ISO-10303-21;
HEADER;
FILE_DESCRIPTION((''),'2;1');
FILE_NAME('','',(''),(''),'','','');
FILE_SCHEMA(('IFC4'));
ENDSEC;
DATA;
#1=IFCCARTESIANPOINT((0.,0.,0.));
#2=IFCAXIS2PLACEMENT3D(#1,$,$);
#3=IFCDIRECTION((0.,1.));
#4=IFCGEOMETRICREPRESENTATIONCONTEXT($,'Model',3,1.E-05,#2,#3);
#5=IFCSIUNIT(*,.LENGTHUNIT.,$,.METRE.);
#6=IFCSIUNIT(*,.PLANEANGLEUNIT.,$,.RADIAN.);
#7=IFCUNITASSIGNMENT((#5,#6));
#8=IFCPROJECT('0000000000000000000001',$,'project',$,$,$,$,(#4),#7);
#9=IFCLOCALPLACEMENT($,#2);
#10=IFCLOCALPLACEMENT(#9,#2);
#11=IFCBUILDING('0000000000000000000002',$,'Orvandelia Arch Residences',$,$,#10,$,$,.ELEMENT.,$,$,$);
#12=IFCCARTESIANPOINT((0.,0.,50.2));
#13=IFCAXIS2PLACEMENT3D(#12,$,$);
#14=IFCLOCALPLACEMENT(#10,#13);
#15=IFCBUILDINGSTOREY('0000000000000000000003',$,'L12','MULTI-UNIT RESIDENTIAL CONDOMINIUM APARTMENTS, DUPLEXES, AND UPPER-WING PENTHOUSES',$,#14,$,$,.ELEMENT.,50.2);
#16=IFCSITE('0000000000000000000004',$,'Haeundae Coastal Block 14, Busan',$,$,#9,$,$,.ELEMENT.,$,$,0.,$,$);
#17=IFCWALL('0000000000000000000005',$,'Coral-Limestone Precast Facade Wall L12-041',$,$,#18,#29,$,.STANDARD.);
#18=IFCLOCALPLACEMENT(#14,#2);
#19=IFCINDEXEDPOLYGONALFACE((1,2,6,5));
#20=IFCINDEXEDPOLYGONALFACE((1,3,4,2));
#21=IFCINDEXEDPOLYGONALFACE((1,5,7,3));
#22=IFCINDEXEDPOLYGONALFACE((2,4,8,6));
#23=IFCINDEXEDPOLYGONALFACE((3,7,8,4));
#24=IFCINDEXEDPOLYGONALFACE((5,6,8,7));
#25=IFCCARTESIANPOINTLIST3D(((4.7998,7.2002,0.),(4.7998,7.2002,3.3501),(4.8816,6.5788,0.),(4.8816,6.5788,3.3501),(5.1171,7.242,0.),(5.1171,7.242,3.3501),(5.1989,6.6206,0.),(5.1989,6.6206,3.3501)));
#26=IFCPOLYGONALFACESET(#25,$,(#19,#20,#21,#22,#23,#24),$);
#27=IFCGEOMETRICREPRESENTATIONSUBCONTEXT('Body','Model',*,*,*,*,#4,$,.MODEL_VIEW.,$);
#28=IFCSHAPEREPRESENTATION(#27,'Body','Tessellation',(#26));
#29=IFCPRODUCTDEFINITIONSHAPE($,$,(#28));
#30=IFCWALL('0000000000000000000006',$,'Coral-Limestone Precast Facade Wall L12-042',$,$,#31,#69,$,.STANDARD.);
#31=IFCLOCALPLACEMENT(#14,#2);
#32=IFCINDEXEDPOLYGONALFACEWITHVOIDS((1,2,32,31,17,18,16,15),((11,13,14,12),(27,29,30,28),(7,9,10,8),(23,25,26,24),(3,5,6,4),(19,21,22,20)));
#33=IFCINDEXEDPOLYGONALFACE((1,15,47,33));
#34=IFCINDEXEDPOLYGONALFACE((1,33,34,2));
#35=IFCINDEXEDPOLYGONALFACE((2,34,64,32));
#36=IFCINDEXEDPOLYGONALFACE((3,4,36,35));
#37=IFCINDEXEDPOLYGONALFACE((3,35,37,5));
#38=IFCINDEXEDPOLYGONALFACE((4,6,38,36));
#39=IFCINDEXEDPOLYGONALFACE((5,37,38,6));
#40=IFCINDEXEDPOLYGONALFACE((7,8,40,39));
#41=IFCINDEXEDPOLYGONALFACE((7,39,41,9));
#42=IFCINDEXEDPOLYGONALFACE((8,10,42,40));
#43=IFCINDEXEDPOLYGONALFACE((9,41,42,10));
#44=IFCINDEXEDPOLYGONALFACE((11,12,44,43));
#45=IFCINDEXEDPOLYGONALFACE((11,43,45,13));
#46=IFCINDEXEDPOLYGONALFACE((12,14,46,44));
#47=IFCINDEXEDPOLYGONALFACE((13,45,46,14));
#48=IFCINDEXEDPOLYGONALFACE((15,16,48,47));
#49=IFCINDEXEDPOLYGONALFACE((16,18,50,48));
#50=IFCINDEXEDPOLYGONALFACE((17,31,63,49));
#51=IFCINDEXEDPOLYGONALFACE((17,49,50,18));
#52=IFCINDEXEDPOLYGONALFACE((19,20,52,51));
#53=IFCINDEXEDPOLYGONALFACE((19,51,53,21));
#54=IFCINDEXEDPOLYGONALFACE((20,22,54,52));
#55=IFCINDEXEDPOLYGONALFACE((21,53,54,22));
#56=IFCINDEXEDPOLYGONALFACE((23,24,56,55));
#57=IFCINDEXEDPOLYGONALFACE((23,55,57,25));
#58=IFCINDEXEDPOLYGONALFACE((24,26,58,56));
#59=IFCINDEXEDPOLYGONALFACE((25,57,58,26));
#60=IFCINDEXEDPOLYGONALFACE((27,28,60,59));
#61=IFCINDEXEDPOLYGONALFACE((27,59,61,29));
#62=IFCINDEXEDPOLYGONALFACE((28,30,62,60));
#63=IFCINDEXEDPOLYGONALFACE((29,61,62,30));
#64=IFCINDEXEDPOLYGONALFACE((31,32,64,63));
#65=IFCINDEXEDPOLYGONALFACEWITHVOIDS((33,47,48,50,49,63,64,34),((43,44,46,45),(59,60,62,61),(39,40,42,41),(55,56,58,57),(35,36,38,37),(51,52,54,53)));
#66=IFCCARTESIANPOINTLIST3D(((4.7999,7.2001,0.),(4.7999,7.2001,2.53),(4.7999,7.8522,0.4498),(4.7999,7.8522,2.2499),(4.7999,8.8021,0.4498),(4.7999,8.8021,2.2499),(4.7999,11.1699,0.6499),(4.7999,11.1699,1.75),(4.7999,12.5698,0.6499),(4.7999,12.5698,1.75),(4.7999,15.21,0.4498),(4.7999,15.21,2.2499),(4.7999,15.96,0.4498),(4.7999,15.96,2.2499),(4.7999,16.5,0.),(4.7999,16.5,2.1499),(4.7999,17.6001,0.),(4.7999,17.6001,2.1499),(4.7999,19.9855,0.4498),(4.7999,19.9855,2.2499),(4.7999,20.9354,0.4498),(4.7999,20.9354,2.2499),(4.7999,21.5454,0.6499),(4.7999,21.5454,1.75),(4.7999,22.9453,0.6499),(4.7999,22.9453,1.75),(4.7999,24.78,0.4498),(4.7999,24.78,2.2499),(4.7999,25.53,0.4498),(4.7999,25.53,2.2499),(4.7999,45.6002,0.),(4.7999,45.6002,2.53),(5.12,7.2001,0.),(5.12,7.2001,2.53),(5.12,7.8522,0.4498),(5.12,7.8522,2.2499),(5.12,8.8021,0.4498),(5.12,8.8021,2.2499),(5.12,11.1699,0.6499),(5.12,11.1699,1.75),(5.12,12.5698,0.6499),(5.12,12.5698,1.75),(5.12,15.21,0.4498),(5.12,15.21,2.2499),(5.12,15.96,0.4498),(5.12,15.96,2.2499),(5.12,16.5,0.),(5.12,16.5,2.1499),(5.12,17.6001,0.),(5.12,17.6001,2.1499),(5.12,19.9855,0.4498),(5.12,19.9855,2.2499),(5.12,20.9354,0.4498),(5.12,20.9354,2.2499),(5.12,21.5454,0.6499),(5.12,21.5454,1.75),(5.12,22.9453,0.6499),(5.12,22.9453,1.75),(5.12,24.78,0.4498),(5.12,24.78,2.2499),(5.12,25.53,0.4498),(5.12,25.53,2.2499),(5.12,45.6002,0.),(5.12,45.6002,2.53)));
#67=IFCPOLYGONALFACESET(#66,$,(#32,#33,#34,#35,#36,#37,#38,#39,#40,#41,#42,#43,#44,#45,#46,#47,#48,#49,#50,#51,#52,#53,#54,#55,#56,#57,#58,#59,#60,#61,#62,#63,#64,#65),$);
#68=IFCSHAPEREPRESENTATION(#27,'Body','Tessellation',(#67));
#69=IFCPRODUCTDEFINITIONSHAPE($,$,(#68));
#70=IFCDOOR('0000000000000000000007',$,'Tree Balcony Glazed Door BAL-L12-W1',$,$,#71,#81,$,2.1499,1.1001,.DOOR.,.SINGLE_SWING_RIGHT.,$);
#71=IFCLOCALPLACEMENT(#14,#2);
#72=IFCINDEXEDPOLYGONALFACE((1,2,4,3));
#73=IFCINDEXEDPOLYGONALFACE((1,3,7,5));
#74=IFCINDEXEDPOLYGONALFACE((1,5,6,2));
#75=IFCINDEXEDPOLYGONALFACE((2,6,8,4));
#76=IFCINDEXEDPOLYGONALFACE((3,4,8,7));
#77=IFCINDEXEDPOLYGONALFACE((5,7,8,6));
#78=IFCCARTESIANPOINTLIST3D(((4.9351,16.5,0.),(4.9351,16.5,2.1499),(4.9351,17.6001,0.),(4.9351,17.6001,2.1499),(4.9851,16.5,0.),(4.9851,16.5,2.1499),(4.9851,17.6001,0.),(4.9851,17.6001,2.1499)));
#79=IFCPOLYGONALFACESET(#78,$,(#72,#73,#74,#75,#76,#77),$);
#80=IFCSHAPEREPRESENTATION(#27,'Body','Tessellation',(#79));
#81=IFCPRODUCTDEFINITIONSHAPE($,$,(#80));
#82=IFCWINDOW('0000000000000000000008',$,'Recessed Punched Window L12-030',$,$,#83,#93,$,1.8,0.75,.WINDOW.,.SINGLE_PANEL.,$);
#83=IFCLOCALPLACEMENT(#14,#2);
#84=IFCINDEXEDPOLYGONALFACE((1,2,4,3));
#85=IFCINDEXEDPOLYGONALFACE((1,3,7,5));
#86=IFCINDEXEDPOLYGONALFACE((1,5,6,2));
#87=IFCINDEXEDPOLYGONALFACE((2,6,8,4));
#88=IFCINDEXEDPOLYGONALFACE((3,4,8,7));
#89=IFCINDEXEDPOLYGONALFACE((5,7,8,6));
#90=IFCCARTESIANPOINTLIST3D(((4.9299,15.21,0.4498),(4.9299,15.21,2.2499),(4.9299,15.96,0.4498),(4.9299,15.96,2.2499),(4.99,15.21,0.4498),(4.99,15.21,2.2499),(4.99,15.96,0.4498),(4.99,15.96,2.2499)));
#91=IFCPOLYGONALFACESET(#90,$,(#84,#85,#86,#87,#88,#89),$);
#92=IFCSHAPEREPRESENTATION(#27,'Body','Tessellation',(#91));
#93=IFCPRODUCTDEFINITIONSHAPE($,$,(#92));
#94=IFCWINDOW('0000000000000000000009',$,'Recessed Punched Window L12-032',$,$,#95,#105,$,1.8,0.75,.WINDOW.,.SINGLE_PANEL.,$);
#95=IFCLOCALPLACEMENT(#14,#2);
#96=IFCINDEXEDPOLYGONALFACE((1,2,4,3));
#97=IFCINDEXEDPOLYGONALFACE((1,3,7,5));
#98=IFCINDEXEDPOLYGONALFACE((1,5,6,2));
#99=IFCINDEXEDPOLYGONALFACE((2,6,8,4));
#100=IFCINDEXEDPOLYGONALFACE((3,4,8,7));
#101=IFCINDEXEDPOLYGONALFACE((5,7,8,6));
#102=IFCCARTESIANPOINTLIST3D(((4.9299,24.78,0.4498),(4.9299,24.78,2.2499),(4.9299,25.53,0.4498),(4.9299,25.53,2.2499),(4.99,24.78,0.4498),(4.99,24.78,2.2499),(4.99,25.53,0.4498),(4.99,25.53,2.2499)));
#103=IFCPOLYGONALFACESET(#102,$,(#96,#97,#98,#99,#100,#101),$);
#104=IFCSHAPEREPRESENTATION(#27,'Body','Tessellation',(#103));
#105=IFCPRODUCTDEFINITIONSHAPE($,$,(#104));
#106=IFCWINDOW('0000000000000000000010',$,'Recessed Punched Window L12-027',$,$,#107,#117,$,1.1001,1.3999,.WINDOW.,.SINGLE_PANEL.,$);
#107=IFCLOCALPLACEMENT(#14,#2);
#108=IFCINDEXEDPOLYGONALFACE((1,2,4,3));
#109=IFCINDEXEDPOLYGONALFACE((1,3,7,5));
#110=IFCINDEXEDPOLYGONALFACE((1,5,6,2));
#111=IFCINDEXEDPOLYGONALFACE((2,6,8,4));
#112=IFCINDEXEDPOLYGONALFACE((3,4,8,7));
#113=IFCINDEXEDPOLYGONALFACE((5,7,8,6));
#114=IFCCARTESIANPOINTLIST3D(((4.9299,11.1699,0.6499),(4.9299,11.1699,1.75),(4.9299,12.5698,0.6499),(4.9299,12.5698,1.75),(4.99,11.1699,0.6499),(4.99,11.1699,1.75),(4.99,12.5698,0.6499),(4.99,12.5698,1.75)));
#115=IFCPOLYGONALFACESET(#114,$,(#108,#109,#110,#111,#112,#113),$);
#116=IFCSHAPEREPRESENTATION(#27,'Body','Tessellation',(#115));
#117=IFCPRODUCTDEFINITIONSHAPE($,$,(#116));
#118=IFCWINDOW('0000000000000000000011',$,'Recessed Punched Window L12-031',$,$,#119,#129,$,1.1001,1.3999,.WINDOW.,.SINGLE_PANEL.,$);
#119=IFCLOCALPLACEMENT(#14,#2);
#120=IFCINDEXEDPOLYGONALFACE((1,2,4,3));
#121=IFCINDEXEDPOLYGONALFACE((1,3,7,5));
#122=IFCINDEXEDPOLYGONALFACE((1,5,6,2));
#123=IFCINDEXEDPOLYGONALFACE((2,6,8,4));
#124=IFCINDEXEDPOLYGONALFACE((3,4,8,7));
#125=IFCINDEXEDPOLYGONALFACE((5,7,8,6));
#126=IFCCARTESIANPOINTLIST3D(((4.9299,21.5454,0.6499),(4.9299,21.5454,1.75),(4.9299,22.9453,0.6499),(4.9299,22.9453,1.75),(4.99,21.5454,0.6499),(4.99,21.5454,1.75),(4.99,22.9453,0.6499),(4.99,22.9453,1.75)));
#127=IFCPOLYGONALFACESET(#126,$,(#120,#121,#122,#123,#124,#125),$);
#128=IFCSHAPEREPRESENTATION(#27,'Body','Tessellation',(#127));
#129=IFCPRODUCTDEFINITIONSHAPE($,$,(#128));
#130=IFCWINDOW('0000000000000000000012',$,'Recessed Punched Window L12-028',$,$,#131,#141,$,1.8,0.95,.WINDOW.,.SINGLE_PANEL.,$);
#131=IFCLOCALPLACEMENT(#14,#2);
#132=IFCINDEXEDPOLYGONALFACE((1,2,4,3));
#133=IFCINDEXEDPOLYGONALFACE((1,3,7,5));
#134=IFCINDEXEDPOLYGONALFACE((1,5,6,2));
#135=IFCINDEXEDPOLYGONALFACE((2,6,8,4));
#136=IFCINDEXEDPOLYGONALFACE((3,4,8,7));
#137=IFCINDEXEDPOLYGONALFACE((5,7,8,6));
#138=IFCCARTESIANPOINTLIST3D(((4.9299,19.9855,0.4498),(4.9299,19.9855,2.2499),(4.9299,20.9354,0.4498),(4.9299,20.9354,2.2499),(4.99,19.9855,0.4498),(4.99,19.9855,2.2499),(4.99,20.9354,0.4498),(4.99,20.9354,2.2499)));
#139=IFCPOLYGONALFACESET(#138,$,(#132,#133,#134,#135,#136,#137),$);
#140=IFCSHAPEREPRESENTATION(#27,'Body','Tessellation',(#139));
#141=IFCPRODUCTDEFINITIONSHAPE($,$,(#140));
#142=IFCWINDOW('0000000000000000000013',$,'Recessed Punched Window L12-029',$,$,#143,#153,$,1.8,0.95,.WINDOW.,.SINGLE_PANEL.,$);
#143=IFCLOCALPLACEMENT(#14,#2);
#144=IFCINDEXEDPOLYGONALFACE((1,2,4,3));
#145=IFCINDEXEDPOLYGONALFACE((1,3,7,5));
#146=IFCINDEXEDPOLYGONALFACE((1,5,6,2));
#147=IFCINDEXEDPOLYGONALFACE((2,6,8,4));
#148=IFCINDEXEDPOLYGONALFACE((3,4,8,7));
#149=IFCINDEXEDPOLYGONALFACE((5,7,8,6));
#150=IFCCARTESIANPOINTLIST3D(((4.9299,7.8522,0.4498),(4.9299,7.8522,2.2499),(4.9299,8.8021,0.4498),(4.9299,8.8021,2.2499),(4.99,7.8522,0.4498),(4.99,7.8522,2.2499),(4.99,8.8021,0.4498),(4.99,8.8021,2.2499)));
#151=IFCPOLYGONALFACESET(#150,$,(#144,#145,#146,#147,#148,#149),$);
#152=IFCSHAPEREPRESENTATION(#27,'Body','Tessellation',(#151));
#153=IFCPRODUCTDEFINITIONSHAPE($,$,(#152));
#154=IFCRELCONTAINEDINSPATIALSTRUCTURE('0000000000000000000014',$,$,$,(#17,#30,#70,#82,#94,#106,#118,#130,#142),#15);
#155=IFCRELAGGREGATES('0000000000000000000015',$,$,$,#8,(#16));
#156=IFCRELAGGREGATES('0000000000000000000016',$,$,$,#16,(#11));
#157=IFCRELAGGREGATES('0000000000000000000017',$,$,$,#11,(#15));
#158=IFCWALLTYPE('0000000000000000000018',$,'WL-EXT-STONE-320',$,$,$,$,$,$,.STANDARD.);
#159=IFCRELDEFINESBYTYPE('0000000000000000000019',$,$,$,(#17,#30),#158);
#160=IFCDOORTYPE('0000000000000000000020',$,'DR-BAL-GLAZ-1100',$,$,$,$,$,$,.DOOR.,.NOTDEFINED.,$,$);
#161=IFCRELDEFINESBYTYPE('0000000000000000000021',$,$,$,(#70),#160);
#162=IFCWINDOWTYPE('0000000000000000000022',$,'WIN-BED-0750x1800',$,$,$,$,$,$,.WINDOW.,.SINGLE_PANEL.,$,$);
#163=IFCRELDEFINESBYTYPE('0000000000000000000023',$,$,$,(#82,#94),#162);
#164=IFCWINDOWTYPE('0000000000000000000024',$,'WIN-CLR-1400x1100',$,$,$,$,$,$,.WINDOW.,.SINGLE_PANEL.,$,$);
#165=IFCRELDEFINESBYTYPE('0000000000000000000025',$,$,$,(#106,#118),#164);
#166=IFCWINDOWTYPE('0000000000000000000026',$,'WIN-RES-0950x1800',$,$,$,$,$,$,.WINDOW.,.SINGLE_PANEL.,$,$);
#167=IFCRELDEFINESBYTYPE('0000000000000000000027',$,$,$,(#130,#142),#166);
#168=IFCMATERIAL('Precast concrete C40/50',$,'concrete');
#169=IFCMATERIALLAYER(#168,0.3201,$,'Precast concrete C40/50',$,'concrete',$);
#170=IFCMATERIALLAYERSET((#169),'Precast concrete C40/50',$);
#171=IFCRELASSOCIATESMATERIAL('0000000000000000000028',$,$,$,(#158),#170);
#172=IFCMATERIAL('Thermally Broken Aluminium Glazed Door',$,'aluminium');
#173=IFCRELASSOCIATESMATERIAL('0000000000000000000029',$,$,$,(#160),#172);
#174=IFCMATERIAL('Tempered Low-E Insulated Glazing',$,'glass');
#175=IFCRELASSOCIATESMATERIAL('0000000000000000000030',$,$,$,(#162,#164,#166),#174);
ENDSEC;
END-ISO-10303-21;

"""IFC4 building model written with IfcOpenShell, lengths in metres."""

from ifc_helpers import new_model, si_unit, direction, frame, frame_2d, origin, place, context, subcontext, project, spatial, rectangle, extrude, material, layer, layer_set, type_object, element, fill, save


model = new_model("IFC4")

# Units and contexts
model_context = context("Model", 3, precision=1e-05, world=origin(), true_north=direction((0.0, 1.0)))
body_context = subcontext(model_context, "Body", "Model", "MODEL_VIEW")
ifc_project = project(units=[si_unit("LENGTHUNIT", "METRE"), si_unit("PLANEANGLEUNIT", "RADIAN")], contexts=[model_context])

# Site, building, storey
site_placement = place(None, origin())
site = spatial("IfcSite", under=ifc_project, at=site_placement, Name="Haeundae Coastal Block 14, Busan", CompositionType="ELEMENT", RefElevation=0.0)
building_placement = place(site_placement, origin())
building = spatial("IfcBuilding", under=site, at=building_placement, Name="Orvandelia Arch Residences", CompositionType="ELEMENT")
storey_placement = place(building_placement, frame((0.0, 0.0, 50.2)))
storey = spatial("IfcBuildingStorey", under=building, at=storey_placement, Name="L12", Description="MULTI-UNIT RESIDENTIAL CONDOMINIUM APARTMENTS, DUPLEXES, AND UPPER-WING PENTHOUSES", CompositionType="ELEMENT", Elevation=50.2)

# Shared definitions
ifc_material_1 = material(Name="Precast concrete C40/50", Category="concrete")

# Wall
ifc_layer_1 = layer(ifc_material_1, 0.3201, Name="Precast concrete C40/50", Category="concrete")
ifc_layer_set_1 = layer_set([ifc_layer_1], Name="Precast concrete C40/50")
wall_type_1 = type_object("IfcWallType", Name="WL-EXT-STONE-320", PredefinedType="STANDARD", material=ifc_layer_set_1)
wall_1_placement = place(storey_placement, frame((5.0403, 6.5996, 0.0), z_axis=(0.0, 0.0, 1.0), x_axis=(-0.130505, 0.991448, 0.0)))
element("IfcWall", 1, at=wall_1_placement, inside=storey, type_object=wall_type_1, Name="Coral-Limestone Precast Facade Wall L12-041", PredefinedType="STANDARD", context=body_context, shape_type="SweptSolid", body=[
    extrude(rectangle(XDim=0.6267, YDim=0.3201, at=frame_2d((0.3135, 0.0))), origin(), (0.0, 0.0, 1.0), 3.3501),
])

# Wall, openings, door, windows
wall_2_placement = place(storey_placement, frame((4.96, 7.2, 0.0), z_axis=(0.0, 0.0, 1.0), x_axis=(0.0, 1.0, 0.0)))
wall_2 = element("IfcWall", 2, at=wall_2_placement, inside=storey, type_object=wall_type_1, Name="Coral-Limestone Precast Facade Wall L12-042", PredefinedType="STANDARD", context=body_context, shape_type="SweptSolid", body=[
    extrude(rectangle(XDim=38.4001, YDim=0.3201, at=frame_2d((19.2002, 0.0))), origin(), (0.0, 0.0, 1.0), 2.53),
])
opening_1_placement = place(wall_2_placement, frame((9.3, 0.0, 0.0)))
opening_1 = element("IfcOpeningElement", 3, at=opening_1_placement, cuts=wall_2, PredefinedType="OPENING", context=body_context, shape_type="SweptSolid", body=[
    extrude(rectangle(XDim=1.1001, YDim=2.1499, at=frame_2d((0.55, 1.075))), frame((0.0, 0.1699, 0.0), z_axis=(0.0, -1.0, 0.0), x_axis=(1.0, 0.0, 0.0)), (0.0, 0.0, 1.0), 0.3401),
])
opening_2_placement = place(wall_2_placement, frame((3.97, 0.0, 0.6499)))
opening_2 = element("IfcOpeningElement", 4, at=opening_2_placement, cuts=wall_2, PredefinedType="OPENING", context=body_context, shape_type="SweptSolid", body=[
    extrude(rectangle(XDim=1.3999, YDim=1.1001, at=frame_2d((0.7, 0.55))), frame((0.0, 0.1699, 0.0), z_axis=(0.0, -1.0, 0.0), x_axis=(1.0, 0.0, 0.0)), (0.0, 0.0, 1.0), 0.3401),
])
opening_3_placement = place(wall_2_placement, frame((12.7854, 0.0, 0.45)))
opening_3 = element("IfcOpeningElement", 5, at=opening_3_placement, cuts=wall_2, PredefinedType="OPENING", context=body_context, shape_type="SweptSolid", body=[
    extrude(rectangle(XDim=0.95, YDim=1.8, at=frame_2d((0.4751, 0.8999))), frame((0.0, 0.1699, 0.0), z_axis=(0.0, -1.0, 0.0), x_axis=(1.0, 0.0, 0.0)), (0.0, 0.0, 1.0), 0.3401),
])
opening_4_placement = place(wall_2_placement, frame((0.6521, 0.0, 0.45)))
opening_4 = element("IfcOpeningElement", 6, at=opening_4_placement, cuts=wall_2, PredefinedType="OPENING", context=body_context, shape_type="SweptSolid", body=[
    extrude(rectangle(XDim=0.95, YDim=1.8, at=frame_2d((0.4751, 0.8999))), frame((0.0, 0.1699, 0.0), z_axis=(0.0, -1.0, 0.0), x_axis=(1.0, 0.0, 0.0)), (0.0, 0.0, 1.0), 0.3401),
])
opening_5_placement = place(wall_2_placement, frame((8.01, 0.0, 0.45)))
opening_5 = element("IfcOpeningElement", 7, at=opening_5_placement, cuts=wall_2, PredefinedType="OPENING", context=body_context, shape_type="SweptSolid", body=[
    extrude(rectangle(XDim=0.75, YDim=1.8, at=frame_2d((0.375, 0.8999))), frame((0.0, 0.1699, 0.0), z_axis=(0.0, -1.0, 0.0), x_axis=(1.0, 0.0, 0.0)), (0.0, 0.0, 1.0), 0.3401),
])
opening_6_placement = place(wall_2_placement, frame((14.3455, 0.0, 0.6499)))
opening_6 = element("IfcOpeningElement", 8, at=opening_6_placement, cuts=wall_2, PredefinedType="OPENING", context=body_context, shape_type="SweptSolid", body=[
    extrude(rectangle(XDim=1.3999, YDim=1.1001, at=frame_2d((0.7, 0.55))), frame((0.0, 0.1699, 0.0), z_axis=(0.0, -1.0, 0.0), x_axis=(1.0, 0.0, 0.0)), (0.0, 0.0, 1.0), 0.3401),
])
opening_7_placement = place(wall_2_placement, frame((17.5801, 0.0, 0.45)))
opening_7 = element("IfcOpeningElement", 9, at=opening_7_placement, cuts=wall_2, PredefinedType="OPENING", context=body_context, shape_type="SweptSolid", body=[
    extrude(rectangle(XDim=0.75, YDim=1.8, at=frame_2d((0.375, 0.8999))), frame((0.0, 0.1699, 0.0), z_axis=(0.0, -1.0, 0.0), x_axis=(1.0, 0.0, 0.0)), (0.0, 0.0, 1.0), 0.3401),
])
ifc_material_2 = material(Name="Thermally Broken Aluminium Glazed Door", Category="aluminium")
door_type_1 = type_object("IfcDoorType", Name="DR-BAL-GLAZ-1100", OperationType="NOTDEFINED", PredefinedType="DOOR", material=ifc_material_2)
door_1_placement = place(opening_1_placement, origin())
door_1 = element("IfcDoor", 10, at=door_1_placement, inside=storey, type_object=door_type_1, Name="Tree Balcony Glazed Door BAL-L12-W1", OperationType="SINGLE_SWING_RIGHT", OverallHeight=2.1499, OverallWidth=1.1001, PredefinedType="DOOR", context=body_context, shape_type="SweptSolid", body=[
    extrude(rectangle(XDim=1.1001, YDim=2.1499, at=frame_2d((0.55, 1.075))), frame((0.0, 0.0249, 0.0), z_axis=(0.0, -1.0, 0.0), x_axis=(1.0, 0.0, 0.0)), (0.0, 0.0, 1.0), 0.05),
])
fill(opening_1, door_1)
ifc_material_3 = material(Name="Tempered Low-E Insulated Glazing", Category="glass")
window_type_1 = type_object("IfcWindowType", Name="WIN-BED-0750x1800", PartitioningType="SINGLE_PANEL", PredefinedType="WINDOW", material=ifc_material_3)
window_1_placement = place(opening_5_placement, origin())
window_1 = element("IfcWindow", 11, at=window_1_placement, inside=storey, type_object=window_type_1, Name="Recessed Punched Window L12-030", OverallHeight=1.8, OverallWidth=0.75, PartitioningType="SINGLE_PANEL", PredefinedType="WINDOW", context=body_context, shape_type="SweptSolid", body=[
    extrude(rectangle(XDim=0.75, YDim=1.8, at=frame_2d((0.375, 0.8999))), frame((0.0, 0.03, 0.0), z_axis=(0.0, -1.0, 0.0), x_axis=(1.0, 0.0, 0.0)), (0.0, 0.0, 1.0), 0.0601),
])
fill(opening_5, window_1)
window_2_placement = place(opening_7_placement, origin())
window_2 = element("IfcWindow", 12, at=window_2_placement, inside=storey, type_object=window_type_1, Name="Recessed Punched Window L12-032", OverallHeight=1.8, OverallWidth=0.75, PartitioningType="SINGLE_PANEL", PredefinedType="WINDOW", context=body_context, shape_type="SweptSolid", body=[
    extrude(rectangle(XDim=0.75, YDim=1.8, at=frame_2d((0.375, 0.8999))), frame((0.0, 0.03, 0.0), z_axis=(0.0, -1.0, 0.0), x_axis=(1.0, 0.0, 0.0)), (0.0, 0.0, 1.0), 0.0601),
])
fill(opening_7, window_2)
window_type_2 = type_object("IfcWindowType", Name="WIN-CLR-1400x1100", PartitioningType="SINGLE_PANEL", PredefinedType="WINDOW", material=ifc_material_3)
window_3_placement = place(opening_2_placement, origin())
window_3 = element("IfcWindow", 13, at=window_3_placement, inside=storey, type_object=window_type_2, Name="Recessed Punched Window L12-027", OverallHeight=1.1001, OverallWidth=1.3999, PartitioningType="SINGLE_PANEL", PredefinedType="WINDOW", context=body_context, shape_type="SweptSolid", body=[
    extrude(rectangle(XDim=1.3999, YDim=1.1001, at=frame_2d((0.7, 0.55))), frame((0.0, 0.03, 0.0), z_axis=(0.0, -1.0, 0.0), x_axis=(1.0, 0.0, 0.0)), (0.0, 0.0, 1.0), 0.0601),
])
fill(opening_2, window_3)
window_4_placement = place(opening_6_placement, origin())
window_4 = element("IfcWindow", 14, at=window_4_placement, inside=storey, type_object=window_type_2, Name="Recessed Punched Window L12-031", OverallHeight=1.1001, OverallWidth=1.3999, PartitioningType="SINGLE_PANEL", PredefinedType="WINDOW", context=body_context, shape_type="SweptSolid", body=[
    extrude(rectangle(XDim=1.3999, YDim=1.1001, at=frame_2d((0.7, 0.55))), frame((0.0, 0.03, 0.0), z_axis=(0.0, -1.0, 0.0), x_axis=(1.0, 0.0, 0.0)), (0.0, 0.0, 1.0), 0.0601),
])
fill(opening_6, window_4)
window_type_3 = type_object("IfcWindowType", Name="WIN-RES-0950x1800", PartitioningType="SINGLE_PANEL", PredefinedType="WINDOW", material=ifc_material_3)
window_5_placement = place(opening_3_placement, origin())
window_5 = element("IfcWindow", 15, at=window_5_placement, inside=storey, type_object=window_type_3, Name="Recessed Punched Window L12-028", OverallHeight=1.8, OverallWidth=0.95, PartitioningType="SINGLE_PANEL", PredefinedType="WINDOW", context=body_context, shape_type="SweptSolid", body=[
    extrude(rectangle(XDim=0.95, YDim=1.8, at=frame_2d((0.4751, 0.8999))), frame((0.0, 0.03, 0.0), z_axis=(0.0, -1.0, 0.0), x_axis=(1.0, 0.0, 0.0)), (0.0, 0.0, 1.0), 0.0601),
])
fill(opening_3, window_5)
window_6_placement = place(opening_4_placement, origin())
window_6 = element("IfcWindow", 16, at=window_6_placement, inside=storey, type_object=window_type_3, Name="Recessed Punched Window L12-029", OverallHeight=1.8, OverallWidth=0.95, PartitioningType="SINGLE_PANEL", PredefinedType="WINDOW", context=body_context, shape_type="SweptSolid", body=[
    extrude(rectangle(XDim=0.95, YDim=1.8, at=frame_2d((0.4751, 0.8999))), frame((0.0, 0.03, 0.0), z_axis=(0.0, -1.0, 0.0), x_axis=(1.0, 0.0, 0.0)), (0.0, 0.0, 1.0), 0.0601),
])
fill(opening_4, window_6)

save(model, "model.ifc")
